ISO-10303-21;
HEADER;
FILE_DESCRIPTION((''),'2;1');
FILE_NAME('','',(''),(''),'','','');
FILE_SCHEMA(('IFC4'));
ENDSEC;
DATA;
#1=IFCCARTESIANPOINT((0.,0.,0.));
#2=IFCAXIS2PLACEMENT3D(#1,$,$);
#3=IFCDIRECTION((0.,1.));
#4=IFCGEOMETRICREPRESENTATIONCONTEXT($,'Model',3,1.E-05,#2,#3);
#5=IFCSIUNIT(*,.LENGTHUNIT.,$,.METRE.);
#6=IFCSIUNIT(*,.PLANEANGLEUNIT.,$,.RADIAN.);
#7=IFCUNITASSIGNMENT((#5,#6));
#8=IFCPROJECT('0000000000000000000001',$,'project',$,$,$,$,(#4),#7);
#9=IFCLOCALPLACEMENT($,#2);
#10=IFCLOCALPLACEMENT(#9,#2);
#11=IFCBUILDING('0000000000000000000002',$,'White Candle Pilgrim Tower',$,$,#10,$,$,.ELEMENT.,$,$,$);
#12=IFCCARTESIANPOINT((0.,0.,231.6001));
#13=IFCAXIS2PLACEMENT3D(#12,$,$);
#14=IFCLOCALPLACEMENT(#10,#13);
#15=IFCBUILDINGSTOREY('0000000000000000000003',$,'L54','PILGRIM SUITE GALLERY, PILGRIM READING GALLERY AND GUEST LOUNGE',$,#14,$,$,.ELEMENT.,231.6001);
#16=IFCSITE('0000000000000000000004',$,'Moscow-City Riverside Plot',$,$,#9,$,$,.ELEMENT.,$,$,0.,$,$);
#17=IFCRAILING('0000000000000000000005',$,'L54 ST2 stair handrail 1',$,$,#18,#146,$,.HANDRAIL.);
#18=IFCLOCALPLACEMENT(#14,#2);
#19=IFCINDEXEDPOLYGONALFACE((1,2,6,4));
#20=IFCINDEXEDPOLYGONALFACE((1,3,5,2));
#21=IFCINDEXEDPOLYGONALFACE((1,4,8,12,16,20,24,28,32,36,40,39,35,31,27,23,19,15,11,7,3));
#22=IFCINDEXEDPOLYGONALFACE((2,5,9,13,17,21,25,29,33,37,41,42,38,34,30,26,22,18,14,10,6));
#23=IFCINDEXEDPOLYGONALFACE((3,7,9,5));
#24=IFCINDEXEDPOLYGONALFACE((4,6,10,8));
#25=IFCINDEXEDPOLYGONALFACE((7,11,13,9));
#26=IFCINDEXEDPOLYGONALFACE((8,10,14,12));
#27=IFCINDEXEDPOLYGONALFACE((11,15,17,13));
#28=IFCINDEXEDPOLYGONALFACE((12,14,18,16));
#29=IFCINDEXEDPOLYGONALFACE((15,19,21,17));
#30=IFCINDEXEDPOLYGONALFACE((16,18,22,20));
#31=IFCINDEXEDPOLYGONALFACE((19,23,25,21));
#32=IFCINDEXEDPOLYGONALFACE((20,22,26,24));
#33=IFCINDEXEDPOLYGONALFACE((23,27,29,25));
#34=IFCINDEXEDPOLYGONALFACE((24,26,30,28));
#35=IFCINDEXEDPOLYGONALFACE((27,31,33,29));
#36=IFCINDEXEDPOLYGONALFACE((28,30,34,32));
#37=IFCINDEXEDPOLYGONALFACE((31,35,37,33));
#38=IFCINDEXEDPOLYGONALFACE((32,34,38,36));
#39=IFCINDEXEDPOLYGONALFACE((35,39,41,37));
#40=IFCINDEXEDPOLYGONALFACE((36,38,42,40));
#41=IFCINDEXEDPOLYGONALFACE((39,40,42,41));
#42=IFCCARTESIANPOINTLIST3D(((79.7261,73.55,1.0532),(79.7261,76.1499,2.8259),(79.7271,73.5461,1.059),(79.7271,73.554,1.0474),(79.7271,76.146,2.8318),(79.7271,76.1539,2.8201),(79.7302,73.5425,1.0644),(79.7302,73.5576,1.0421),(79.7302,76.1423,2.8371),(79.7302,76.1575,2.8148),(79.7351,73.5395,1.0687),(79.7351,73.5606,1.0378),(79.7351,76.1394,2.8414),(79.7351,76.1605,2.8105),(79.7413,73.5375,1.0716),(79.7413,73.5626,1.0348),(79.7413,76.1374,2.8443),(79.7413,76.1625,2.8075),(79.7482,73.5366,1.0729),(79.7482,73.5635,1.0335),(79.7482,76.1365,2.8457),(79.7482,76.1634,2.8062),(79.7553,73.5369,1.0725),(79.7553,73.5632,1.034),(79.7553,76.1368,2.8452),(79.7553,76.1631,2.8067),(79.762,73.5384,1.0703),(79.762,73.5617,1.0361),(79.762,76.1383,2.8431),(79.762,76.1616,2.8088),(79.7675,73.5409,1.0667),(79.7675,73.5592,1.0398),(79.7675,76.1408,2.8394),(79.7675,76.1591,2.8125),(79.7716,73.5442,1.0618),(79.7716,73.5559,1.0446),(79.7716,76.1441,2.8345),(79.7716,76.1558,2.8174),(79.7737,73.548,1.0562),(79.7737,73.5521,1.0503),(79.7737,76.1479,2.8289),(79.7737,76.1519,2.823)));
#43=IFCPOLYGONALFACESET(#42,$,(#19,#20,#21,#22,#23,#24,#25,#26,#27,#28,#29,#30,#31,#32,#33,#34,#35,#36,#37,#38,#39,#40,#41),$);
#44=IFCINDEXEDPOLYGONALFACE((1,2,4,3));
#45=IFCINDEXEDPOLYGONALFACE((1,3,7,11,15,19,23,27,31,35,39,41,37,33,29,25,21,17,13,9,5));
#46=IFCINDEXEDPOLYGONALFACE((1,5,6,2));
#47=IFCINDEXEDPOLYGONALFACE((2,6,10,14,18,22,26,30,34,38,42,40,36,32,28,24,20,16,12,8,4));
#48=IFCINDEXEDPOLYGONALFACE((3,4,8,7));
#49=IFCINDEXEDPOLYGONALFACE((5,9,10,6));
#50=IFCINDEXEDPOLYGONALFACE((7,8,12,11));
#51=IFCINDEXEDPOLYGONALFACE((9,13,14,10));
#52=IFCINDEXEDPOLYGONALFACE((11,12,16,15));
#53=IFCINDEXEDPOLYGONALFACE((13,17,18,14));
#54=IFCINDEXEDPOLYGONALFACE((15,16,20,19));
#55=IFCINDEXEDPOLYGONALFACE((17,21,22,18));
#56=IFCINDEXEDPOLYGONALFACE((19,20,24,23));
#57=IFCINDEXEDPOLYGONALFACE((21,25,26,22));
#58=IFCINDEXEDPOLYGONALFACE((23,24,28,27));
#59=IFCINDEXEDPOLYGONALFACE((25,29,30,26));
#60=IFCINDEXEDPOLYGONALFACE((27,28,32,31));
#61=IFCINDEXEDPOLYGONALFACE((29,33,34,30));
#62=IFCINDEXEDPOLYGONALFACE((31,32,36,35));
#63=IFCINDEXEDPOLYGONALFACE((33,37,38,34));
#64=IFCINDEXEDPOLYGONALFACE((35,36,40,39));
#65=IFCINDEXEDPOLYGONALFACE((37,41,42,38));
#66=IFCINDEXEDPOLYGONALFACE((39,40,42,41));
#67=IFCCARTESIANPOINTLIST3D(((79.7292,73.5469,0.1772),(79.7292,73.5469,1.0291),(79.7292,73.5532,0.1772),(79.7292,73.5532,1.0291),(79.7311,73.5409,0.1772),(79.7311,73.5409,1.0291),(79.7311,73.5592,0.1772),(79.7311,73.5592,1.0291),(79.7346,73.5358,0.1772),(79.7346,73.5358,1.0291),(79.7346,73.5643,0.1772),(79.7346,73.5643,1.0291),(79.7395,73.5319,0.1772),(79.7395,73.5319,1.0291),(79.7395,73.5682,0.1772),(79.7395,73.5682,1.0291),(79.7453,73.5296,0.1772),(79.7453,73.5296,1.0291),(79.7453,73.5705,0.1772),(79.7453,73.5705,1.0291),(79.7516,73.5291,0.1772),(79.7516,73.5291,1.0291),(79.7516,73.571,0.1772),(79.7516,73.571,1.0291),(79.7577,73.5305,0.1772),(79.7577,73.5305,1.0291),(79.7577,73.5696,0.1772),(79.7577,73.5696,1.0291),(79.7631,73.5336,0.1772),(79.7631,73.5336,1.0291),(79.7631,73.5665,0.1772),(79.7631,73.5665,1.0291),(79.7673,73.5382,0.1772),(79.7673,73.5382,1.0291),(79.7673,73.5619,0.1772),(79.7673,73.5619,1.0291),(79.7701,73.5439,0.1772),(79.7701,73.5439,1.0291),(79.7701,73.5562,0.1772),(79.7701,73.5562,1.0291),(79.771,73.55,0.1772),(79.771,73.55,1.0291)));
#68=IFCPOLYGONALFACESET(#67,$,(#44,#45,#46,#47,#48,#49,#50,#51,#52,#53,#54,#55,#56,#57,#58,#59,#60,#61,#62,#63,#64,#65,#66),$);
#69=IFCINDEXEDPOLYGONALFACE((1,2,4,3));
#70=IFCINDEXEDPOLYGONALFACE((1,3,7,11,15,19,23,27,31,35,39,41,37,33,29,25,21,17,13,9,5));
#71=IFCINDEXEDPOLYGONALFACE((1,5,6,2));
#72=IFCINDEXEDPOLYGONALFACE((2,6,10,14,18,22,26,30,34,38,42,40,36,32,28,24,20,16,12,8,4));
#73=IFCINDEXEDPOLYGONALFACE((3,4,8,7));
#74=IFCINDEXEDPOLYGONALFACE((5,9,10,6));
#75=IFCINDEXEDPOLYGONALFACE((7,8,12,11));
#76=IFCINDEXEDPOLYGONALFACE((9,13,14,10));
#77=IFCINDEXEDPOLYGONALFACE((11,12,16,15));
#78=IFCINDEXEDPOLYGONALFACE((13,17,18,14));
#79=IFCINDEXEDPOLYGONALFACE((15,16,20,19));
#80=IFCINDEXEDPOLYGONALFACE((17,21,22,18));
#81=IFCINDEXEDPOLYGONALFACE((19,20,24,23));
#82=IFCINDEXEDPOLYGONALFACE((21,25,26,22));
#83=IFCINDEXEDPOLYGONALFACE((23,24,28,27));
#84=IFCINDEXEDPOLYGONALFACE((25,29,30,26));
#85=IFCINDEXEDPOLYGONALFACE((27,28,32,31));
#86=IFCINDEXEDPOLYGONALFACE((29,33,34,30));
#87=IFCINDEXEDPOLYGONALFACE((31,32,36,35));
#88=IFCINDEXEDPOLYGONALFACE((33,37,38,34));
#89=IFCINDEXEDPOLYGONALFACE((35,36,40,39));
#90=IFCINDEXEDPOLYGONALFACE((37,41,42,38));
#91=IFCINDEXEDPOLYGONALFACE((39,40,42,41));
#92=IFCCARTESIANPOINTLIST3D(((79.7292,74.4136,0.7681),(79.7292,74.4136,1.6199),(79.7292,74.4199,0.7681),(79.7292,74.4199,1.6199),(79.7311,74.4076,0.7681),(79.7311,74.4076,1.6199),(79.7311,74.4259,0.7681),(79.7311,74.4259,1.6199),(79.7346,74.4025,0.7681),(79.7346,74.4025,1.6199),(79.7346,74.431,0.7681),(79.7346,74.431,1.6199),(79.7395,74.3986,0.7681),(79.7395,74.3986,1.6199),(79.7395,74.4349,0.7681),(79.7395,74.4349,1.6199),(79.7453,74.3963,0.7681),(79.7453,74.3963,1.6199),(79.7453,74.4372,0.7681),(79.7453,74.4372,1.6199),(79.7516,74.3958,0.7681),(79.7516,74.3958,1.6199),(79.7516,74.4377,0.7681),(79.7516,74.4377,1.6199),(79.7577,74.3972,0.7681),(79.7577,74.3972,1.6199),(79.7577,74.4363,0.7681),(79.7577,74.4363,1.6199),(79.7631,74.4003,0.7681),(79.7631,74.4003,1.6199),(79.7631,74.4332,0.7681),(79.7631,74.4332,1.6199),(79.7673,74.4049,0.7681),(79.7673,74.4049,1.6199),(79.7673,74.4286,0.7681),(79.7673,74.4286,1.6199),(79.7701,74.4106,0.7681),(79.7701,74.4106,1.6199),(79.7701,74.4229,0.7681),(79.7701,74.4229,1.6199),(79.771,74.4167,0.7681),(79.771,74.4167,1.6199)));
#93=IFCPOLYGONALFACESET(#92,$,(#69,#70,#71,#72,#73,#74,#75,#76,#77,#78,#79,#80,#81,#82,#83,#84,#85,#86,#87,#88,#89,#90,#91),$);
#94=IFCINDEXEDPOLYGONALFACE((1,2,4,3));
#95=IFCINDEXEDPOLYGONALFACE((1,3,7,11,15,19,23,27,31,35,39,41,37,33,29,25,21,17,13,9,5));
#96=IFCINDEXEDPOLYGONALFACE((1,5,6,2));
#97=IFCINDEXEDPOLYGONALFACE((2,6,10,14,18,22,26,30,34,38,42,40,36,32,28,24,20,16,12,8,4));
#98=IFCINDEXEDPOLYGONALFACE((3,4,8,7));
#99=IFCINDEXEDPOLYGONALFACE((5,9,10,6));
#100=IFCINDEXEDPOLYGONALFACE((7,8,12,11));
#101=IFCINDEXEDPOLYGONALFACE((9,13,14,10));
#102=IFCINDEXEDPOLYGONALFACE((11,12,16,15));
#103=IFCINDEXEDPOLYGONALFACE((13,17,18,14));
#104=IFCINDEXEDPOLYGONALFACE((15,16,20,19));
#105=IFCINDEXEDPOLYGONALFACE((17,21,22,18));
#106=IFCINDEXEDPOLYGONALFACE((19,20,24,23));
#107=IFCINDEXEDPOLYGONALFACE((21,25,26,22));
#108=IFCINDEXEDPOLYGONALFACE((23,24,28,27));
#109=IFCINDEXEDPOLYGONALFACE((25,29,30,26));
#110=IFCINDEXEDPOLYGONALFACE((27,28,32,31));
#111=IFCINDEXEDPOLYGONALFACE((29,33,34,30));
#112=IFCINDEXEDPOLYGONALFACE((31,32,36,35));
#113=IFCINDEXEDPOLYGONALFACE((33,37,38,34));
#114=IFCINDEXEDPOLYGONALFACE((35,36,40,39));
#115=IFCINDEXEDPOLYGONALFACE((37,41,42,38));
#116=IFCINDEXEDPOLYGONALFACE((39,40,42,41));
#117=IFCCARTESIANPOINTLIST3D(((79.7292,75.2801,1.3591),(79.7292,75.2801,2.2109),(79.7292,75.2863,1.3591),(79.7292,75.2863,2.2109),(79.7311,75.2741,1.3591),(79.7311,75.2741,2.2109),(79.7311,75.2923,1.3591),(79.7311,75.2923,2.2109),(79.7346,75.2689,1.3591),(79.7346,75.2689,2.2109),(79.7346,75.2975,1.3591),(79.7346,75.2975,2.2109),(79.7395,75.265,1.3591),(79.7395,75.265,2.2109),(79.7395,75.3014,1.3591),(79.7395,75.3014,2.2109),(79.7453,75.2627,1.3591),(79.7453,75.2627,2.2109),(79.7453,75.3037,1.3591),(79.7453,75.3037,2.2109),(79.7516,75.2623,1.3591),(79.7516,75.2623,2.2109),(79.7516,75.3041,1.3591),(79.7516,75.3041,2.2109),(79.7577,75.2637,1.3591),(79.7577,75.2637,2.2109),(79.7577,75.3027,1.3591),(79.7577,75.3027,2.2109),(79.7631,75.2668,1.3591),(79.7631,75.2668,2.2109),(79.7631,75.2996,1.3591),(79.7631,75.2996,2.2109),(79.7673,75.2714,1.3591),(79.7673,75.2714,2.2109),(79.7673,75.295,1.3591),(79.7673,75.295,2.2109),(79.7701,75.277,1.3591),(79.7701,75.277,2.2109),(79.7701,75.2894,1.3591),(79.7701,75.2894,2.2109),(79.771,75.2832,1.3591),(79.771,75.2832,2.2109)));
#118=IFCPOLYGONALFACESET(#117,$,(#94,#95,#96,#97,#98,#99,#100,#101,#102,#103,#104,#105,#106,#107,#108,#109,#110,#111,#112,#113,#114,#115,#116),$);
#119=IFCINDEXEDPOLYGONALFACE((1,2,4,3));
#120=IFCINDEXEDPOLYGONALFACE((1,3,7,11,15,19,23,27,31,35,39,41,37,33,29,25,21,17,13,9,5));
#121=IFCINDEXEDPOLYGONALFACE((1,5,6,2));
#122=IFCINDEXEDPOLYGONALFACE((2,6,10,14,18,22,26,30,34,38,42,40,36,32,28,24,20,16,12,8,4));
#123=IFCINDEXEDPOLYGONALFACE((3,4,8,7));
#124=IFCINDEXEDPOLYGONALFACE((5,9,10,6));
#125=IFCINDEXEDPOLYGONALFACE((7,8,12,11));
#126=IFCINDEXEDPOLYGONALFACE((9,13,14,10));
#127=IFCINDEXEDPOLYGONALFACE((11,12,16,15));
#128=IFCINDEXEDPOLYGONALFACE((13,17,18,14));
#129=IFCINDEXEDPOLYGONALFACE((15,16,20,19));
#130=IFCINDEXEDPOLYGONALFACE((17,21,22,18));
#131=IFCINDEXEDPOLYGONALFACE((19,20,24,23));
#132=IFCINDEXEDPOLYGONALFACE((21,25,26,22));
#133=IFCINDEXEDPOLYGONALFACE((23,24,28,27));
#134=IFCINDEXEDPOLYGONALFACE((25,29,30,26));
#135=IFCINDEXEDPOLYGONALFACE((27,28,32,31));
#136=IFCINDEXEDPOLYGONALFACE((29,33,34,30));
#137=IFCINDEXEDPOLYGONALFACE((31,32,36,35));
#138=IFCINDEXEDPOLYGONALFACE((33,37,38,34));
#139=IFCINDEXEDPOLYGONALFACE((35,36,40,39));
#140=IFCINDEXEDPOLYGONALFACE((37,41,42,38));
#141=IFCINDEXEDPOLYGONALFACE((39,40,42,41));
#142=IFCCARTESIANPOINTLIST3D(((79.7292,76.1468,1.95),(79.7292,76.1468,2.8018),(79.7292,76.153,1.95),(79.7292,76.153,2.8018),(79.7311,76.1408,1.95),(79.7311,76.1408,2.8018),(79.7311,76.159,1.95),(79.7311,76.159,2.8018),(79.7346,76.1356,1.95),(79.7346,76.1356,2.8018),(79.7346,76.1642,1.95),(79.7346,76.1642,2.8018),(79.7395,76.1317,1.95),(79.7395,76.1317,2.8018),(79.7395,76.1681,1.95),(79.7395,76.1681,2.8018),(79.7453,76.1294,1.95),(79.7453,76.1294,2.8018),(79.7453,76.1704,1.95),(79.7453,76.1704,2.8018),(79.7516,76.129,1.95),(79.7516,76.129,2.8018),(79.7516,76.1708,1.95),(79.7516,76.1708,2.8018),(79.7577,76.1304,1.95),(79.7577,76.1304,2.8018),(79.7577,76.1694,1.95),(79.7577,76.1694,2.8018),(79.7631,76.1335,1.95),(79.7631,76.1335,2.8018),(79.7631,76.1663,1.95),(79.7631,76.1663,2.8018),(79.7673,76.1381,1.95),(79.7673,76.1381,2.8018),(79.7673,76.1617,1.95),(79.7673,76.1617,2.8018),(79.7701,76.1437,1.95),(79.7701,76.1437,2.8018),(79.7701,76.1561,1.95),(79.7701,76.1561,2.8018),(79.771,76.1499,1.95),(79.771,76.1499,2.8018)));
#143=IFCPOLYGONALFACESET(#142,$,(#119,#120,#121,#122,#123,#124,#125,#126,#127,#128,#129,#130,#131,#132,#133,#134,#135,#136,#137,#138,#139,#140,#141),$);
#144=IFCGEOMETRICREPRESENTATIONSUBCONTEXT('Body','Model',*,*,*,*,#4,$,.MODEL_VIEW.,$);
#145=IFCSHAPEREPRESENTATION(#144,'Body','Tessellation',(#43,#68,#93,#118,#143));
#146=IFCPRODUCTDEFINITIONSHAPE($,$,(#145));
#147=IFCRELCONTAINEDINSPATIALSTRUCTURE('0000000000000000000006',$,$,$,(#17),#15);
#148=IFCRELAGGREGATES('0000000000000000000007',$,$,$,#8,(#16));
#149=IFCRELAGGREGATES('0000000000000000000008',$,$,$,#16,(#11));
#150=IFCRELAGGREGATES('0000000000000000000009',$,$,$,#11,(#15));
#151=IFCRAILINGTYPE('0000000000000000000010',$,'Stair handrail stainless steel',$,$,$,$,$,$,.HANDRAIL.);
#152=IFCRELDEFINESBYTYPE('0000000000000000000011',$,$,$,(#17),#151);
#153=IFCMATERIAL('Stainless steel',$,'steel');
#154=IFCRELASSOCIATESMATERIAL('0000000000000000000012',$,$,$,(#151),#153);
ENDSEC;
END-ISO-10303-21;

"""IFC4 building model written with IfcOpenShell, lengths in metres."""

from ifc_helpers import new_model, si_unit, direction, frame, origin, origin_2d, place, context, subcontext, project, spatial, circle, extrude, material, type_object, element, save


model = new_model("IFC4")

# Units and contexts
model_context = context("Model", 3, precision=1e-05, world=origin(), true_north=direction((0.0, 1.0)))
body_context = subcontext(model_context, "Body", "Model", "MODEL_VIEW")
ifc_project = project(units=[si_unit("LENGTHUNIT", "METRE"), si_unit("PLANEANGLEUNIT", "RADIAN")], contexts=[model_context])

# Site, building, storey
site_placement = place(None, origin())
site = spatial("IfcSite", under=ifc_project, at=site_placement, Name="Moscow-City Riverside Plot", CompositionType="ELEMENT", RefElevation=0.0)
building_placement = place(site_placement, origin())
building = spatial("IfcBuilding", under=site, at=building_placement, Name="White Candle Pilgrim Tower", CompositionType="ELEMENT")
storey_placement = place(building_placement, frame((0.0, 0.0, 231.6001)))
storey = spatial("IfcBuildingStorey", under=building, at=storey_placement, Name="L54", Description="PILGRIM SUITE GALLERY, PILGRIM READING GALLERY AND GUEST LOUNGE", CompositionType="ELEMENT", Elevation=231.6001)

# Railing
ifc_material_1 = material(Name="Stainless steel", Category="steel")
railing_type_1 = type_object("IfcRailingType", Name="Stair handrail stainless steel", PredefinedType="HANDRAIL", material=ifc_material_1)
railing_1_placement = place(storey_placement, frame((79.75, 73.55, 0.1772)))
element("IfcRailing", 1, at=railing_1_placement, inside=storey, type_object=railing_type_1, Name="L54 ST2 stair handrail 1", PredefinedType="HANDRAIL", context=body_context, shape_type="SweptSolid", body=[
    extrude(circle(Radius=0.0239, at=origin_2d()), frame((0.0, 0.0, 0.876), z_axis=(0.0, 0.826216, 0.563354), x_axis=(-1.0, 0.0, 0.0)), (0.0, 0.0, 1.0), 3.1467),
    extrude(circle(Radius=0.021, at=origin_2d()), origin(), (0.0, 0.0, 1.0), 0.8518),
    extrude(circle(Radius=0.021, at=origin_2d()), frame((0.0, 0.8667, 0.5908)), (0.0, 0.0, 1.0), 0.8518),
    extrude(circle(Radius=0.021, at=origin_2d()), frame((0.0, 1.7332, 1.1819)), (0.0, 0.0, 1.0), 0.8518),
    extrude(circle(Radius=0.021, at=origin_2d()), frame((0.0, 2.5999, 1.7727)), (0.0, 0.0, 1.0), 0.8518),
])

save(model, "model.ifc")
